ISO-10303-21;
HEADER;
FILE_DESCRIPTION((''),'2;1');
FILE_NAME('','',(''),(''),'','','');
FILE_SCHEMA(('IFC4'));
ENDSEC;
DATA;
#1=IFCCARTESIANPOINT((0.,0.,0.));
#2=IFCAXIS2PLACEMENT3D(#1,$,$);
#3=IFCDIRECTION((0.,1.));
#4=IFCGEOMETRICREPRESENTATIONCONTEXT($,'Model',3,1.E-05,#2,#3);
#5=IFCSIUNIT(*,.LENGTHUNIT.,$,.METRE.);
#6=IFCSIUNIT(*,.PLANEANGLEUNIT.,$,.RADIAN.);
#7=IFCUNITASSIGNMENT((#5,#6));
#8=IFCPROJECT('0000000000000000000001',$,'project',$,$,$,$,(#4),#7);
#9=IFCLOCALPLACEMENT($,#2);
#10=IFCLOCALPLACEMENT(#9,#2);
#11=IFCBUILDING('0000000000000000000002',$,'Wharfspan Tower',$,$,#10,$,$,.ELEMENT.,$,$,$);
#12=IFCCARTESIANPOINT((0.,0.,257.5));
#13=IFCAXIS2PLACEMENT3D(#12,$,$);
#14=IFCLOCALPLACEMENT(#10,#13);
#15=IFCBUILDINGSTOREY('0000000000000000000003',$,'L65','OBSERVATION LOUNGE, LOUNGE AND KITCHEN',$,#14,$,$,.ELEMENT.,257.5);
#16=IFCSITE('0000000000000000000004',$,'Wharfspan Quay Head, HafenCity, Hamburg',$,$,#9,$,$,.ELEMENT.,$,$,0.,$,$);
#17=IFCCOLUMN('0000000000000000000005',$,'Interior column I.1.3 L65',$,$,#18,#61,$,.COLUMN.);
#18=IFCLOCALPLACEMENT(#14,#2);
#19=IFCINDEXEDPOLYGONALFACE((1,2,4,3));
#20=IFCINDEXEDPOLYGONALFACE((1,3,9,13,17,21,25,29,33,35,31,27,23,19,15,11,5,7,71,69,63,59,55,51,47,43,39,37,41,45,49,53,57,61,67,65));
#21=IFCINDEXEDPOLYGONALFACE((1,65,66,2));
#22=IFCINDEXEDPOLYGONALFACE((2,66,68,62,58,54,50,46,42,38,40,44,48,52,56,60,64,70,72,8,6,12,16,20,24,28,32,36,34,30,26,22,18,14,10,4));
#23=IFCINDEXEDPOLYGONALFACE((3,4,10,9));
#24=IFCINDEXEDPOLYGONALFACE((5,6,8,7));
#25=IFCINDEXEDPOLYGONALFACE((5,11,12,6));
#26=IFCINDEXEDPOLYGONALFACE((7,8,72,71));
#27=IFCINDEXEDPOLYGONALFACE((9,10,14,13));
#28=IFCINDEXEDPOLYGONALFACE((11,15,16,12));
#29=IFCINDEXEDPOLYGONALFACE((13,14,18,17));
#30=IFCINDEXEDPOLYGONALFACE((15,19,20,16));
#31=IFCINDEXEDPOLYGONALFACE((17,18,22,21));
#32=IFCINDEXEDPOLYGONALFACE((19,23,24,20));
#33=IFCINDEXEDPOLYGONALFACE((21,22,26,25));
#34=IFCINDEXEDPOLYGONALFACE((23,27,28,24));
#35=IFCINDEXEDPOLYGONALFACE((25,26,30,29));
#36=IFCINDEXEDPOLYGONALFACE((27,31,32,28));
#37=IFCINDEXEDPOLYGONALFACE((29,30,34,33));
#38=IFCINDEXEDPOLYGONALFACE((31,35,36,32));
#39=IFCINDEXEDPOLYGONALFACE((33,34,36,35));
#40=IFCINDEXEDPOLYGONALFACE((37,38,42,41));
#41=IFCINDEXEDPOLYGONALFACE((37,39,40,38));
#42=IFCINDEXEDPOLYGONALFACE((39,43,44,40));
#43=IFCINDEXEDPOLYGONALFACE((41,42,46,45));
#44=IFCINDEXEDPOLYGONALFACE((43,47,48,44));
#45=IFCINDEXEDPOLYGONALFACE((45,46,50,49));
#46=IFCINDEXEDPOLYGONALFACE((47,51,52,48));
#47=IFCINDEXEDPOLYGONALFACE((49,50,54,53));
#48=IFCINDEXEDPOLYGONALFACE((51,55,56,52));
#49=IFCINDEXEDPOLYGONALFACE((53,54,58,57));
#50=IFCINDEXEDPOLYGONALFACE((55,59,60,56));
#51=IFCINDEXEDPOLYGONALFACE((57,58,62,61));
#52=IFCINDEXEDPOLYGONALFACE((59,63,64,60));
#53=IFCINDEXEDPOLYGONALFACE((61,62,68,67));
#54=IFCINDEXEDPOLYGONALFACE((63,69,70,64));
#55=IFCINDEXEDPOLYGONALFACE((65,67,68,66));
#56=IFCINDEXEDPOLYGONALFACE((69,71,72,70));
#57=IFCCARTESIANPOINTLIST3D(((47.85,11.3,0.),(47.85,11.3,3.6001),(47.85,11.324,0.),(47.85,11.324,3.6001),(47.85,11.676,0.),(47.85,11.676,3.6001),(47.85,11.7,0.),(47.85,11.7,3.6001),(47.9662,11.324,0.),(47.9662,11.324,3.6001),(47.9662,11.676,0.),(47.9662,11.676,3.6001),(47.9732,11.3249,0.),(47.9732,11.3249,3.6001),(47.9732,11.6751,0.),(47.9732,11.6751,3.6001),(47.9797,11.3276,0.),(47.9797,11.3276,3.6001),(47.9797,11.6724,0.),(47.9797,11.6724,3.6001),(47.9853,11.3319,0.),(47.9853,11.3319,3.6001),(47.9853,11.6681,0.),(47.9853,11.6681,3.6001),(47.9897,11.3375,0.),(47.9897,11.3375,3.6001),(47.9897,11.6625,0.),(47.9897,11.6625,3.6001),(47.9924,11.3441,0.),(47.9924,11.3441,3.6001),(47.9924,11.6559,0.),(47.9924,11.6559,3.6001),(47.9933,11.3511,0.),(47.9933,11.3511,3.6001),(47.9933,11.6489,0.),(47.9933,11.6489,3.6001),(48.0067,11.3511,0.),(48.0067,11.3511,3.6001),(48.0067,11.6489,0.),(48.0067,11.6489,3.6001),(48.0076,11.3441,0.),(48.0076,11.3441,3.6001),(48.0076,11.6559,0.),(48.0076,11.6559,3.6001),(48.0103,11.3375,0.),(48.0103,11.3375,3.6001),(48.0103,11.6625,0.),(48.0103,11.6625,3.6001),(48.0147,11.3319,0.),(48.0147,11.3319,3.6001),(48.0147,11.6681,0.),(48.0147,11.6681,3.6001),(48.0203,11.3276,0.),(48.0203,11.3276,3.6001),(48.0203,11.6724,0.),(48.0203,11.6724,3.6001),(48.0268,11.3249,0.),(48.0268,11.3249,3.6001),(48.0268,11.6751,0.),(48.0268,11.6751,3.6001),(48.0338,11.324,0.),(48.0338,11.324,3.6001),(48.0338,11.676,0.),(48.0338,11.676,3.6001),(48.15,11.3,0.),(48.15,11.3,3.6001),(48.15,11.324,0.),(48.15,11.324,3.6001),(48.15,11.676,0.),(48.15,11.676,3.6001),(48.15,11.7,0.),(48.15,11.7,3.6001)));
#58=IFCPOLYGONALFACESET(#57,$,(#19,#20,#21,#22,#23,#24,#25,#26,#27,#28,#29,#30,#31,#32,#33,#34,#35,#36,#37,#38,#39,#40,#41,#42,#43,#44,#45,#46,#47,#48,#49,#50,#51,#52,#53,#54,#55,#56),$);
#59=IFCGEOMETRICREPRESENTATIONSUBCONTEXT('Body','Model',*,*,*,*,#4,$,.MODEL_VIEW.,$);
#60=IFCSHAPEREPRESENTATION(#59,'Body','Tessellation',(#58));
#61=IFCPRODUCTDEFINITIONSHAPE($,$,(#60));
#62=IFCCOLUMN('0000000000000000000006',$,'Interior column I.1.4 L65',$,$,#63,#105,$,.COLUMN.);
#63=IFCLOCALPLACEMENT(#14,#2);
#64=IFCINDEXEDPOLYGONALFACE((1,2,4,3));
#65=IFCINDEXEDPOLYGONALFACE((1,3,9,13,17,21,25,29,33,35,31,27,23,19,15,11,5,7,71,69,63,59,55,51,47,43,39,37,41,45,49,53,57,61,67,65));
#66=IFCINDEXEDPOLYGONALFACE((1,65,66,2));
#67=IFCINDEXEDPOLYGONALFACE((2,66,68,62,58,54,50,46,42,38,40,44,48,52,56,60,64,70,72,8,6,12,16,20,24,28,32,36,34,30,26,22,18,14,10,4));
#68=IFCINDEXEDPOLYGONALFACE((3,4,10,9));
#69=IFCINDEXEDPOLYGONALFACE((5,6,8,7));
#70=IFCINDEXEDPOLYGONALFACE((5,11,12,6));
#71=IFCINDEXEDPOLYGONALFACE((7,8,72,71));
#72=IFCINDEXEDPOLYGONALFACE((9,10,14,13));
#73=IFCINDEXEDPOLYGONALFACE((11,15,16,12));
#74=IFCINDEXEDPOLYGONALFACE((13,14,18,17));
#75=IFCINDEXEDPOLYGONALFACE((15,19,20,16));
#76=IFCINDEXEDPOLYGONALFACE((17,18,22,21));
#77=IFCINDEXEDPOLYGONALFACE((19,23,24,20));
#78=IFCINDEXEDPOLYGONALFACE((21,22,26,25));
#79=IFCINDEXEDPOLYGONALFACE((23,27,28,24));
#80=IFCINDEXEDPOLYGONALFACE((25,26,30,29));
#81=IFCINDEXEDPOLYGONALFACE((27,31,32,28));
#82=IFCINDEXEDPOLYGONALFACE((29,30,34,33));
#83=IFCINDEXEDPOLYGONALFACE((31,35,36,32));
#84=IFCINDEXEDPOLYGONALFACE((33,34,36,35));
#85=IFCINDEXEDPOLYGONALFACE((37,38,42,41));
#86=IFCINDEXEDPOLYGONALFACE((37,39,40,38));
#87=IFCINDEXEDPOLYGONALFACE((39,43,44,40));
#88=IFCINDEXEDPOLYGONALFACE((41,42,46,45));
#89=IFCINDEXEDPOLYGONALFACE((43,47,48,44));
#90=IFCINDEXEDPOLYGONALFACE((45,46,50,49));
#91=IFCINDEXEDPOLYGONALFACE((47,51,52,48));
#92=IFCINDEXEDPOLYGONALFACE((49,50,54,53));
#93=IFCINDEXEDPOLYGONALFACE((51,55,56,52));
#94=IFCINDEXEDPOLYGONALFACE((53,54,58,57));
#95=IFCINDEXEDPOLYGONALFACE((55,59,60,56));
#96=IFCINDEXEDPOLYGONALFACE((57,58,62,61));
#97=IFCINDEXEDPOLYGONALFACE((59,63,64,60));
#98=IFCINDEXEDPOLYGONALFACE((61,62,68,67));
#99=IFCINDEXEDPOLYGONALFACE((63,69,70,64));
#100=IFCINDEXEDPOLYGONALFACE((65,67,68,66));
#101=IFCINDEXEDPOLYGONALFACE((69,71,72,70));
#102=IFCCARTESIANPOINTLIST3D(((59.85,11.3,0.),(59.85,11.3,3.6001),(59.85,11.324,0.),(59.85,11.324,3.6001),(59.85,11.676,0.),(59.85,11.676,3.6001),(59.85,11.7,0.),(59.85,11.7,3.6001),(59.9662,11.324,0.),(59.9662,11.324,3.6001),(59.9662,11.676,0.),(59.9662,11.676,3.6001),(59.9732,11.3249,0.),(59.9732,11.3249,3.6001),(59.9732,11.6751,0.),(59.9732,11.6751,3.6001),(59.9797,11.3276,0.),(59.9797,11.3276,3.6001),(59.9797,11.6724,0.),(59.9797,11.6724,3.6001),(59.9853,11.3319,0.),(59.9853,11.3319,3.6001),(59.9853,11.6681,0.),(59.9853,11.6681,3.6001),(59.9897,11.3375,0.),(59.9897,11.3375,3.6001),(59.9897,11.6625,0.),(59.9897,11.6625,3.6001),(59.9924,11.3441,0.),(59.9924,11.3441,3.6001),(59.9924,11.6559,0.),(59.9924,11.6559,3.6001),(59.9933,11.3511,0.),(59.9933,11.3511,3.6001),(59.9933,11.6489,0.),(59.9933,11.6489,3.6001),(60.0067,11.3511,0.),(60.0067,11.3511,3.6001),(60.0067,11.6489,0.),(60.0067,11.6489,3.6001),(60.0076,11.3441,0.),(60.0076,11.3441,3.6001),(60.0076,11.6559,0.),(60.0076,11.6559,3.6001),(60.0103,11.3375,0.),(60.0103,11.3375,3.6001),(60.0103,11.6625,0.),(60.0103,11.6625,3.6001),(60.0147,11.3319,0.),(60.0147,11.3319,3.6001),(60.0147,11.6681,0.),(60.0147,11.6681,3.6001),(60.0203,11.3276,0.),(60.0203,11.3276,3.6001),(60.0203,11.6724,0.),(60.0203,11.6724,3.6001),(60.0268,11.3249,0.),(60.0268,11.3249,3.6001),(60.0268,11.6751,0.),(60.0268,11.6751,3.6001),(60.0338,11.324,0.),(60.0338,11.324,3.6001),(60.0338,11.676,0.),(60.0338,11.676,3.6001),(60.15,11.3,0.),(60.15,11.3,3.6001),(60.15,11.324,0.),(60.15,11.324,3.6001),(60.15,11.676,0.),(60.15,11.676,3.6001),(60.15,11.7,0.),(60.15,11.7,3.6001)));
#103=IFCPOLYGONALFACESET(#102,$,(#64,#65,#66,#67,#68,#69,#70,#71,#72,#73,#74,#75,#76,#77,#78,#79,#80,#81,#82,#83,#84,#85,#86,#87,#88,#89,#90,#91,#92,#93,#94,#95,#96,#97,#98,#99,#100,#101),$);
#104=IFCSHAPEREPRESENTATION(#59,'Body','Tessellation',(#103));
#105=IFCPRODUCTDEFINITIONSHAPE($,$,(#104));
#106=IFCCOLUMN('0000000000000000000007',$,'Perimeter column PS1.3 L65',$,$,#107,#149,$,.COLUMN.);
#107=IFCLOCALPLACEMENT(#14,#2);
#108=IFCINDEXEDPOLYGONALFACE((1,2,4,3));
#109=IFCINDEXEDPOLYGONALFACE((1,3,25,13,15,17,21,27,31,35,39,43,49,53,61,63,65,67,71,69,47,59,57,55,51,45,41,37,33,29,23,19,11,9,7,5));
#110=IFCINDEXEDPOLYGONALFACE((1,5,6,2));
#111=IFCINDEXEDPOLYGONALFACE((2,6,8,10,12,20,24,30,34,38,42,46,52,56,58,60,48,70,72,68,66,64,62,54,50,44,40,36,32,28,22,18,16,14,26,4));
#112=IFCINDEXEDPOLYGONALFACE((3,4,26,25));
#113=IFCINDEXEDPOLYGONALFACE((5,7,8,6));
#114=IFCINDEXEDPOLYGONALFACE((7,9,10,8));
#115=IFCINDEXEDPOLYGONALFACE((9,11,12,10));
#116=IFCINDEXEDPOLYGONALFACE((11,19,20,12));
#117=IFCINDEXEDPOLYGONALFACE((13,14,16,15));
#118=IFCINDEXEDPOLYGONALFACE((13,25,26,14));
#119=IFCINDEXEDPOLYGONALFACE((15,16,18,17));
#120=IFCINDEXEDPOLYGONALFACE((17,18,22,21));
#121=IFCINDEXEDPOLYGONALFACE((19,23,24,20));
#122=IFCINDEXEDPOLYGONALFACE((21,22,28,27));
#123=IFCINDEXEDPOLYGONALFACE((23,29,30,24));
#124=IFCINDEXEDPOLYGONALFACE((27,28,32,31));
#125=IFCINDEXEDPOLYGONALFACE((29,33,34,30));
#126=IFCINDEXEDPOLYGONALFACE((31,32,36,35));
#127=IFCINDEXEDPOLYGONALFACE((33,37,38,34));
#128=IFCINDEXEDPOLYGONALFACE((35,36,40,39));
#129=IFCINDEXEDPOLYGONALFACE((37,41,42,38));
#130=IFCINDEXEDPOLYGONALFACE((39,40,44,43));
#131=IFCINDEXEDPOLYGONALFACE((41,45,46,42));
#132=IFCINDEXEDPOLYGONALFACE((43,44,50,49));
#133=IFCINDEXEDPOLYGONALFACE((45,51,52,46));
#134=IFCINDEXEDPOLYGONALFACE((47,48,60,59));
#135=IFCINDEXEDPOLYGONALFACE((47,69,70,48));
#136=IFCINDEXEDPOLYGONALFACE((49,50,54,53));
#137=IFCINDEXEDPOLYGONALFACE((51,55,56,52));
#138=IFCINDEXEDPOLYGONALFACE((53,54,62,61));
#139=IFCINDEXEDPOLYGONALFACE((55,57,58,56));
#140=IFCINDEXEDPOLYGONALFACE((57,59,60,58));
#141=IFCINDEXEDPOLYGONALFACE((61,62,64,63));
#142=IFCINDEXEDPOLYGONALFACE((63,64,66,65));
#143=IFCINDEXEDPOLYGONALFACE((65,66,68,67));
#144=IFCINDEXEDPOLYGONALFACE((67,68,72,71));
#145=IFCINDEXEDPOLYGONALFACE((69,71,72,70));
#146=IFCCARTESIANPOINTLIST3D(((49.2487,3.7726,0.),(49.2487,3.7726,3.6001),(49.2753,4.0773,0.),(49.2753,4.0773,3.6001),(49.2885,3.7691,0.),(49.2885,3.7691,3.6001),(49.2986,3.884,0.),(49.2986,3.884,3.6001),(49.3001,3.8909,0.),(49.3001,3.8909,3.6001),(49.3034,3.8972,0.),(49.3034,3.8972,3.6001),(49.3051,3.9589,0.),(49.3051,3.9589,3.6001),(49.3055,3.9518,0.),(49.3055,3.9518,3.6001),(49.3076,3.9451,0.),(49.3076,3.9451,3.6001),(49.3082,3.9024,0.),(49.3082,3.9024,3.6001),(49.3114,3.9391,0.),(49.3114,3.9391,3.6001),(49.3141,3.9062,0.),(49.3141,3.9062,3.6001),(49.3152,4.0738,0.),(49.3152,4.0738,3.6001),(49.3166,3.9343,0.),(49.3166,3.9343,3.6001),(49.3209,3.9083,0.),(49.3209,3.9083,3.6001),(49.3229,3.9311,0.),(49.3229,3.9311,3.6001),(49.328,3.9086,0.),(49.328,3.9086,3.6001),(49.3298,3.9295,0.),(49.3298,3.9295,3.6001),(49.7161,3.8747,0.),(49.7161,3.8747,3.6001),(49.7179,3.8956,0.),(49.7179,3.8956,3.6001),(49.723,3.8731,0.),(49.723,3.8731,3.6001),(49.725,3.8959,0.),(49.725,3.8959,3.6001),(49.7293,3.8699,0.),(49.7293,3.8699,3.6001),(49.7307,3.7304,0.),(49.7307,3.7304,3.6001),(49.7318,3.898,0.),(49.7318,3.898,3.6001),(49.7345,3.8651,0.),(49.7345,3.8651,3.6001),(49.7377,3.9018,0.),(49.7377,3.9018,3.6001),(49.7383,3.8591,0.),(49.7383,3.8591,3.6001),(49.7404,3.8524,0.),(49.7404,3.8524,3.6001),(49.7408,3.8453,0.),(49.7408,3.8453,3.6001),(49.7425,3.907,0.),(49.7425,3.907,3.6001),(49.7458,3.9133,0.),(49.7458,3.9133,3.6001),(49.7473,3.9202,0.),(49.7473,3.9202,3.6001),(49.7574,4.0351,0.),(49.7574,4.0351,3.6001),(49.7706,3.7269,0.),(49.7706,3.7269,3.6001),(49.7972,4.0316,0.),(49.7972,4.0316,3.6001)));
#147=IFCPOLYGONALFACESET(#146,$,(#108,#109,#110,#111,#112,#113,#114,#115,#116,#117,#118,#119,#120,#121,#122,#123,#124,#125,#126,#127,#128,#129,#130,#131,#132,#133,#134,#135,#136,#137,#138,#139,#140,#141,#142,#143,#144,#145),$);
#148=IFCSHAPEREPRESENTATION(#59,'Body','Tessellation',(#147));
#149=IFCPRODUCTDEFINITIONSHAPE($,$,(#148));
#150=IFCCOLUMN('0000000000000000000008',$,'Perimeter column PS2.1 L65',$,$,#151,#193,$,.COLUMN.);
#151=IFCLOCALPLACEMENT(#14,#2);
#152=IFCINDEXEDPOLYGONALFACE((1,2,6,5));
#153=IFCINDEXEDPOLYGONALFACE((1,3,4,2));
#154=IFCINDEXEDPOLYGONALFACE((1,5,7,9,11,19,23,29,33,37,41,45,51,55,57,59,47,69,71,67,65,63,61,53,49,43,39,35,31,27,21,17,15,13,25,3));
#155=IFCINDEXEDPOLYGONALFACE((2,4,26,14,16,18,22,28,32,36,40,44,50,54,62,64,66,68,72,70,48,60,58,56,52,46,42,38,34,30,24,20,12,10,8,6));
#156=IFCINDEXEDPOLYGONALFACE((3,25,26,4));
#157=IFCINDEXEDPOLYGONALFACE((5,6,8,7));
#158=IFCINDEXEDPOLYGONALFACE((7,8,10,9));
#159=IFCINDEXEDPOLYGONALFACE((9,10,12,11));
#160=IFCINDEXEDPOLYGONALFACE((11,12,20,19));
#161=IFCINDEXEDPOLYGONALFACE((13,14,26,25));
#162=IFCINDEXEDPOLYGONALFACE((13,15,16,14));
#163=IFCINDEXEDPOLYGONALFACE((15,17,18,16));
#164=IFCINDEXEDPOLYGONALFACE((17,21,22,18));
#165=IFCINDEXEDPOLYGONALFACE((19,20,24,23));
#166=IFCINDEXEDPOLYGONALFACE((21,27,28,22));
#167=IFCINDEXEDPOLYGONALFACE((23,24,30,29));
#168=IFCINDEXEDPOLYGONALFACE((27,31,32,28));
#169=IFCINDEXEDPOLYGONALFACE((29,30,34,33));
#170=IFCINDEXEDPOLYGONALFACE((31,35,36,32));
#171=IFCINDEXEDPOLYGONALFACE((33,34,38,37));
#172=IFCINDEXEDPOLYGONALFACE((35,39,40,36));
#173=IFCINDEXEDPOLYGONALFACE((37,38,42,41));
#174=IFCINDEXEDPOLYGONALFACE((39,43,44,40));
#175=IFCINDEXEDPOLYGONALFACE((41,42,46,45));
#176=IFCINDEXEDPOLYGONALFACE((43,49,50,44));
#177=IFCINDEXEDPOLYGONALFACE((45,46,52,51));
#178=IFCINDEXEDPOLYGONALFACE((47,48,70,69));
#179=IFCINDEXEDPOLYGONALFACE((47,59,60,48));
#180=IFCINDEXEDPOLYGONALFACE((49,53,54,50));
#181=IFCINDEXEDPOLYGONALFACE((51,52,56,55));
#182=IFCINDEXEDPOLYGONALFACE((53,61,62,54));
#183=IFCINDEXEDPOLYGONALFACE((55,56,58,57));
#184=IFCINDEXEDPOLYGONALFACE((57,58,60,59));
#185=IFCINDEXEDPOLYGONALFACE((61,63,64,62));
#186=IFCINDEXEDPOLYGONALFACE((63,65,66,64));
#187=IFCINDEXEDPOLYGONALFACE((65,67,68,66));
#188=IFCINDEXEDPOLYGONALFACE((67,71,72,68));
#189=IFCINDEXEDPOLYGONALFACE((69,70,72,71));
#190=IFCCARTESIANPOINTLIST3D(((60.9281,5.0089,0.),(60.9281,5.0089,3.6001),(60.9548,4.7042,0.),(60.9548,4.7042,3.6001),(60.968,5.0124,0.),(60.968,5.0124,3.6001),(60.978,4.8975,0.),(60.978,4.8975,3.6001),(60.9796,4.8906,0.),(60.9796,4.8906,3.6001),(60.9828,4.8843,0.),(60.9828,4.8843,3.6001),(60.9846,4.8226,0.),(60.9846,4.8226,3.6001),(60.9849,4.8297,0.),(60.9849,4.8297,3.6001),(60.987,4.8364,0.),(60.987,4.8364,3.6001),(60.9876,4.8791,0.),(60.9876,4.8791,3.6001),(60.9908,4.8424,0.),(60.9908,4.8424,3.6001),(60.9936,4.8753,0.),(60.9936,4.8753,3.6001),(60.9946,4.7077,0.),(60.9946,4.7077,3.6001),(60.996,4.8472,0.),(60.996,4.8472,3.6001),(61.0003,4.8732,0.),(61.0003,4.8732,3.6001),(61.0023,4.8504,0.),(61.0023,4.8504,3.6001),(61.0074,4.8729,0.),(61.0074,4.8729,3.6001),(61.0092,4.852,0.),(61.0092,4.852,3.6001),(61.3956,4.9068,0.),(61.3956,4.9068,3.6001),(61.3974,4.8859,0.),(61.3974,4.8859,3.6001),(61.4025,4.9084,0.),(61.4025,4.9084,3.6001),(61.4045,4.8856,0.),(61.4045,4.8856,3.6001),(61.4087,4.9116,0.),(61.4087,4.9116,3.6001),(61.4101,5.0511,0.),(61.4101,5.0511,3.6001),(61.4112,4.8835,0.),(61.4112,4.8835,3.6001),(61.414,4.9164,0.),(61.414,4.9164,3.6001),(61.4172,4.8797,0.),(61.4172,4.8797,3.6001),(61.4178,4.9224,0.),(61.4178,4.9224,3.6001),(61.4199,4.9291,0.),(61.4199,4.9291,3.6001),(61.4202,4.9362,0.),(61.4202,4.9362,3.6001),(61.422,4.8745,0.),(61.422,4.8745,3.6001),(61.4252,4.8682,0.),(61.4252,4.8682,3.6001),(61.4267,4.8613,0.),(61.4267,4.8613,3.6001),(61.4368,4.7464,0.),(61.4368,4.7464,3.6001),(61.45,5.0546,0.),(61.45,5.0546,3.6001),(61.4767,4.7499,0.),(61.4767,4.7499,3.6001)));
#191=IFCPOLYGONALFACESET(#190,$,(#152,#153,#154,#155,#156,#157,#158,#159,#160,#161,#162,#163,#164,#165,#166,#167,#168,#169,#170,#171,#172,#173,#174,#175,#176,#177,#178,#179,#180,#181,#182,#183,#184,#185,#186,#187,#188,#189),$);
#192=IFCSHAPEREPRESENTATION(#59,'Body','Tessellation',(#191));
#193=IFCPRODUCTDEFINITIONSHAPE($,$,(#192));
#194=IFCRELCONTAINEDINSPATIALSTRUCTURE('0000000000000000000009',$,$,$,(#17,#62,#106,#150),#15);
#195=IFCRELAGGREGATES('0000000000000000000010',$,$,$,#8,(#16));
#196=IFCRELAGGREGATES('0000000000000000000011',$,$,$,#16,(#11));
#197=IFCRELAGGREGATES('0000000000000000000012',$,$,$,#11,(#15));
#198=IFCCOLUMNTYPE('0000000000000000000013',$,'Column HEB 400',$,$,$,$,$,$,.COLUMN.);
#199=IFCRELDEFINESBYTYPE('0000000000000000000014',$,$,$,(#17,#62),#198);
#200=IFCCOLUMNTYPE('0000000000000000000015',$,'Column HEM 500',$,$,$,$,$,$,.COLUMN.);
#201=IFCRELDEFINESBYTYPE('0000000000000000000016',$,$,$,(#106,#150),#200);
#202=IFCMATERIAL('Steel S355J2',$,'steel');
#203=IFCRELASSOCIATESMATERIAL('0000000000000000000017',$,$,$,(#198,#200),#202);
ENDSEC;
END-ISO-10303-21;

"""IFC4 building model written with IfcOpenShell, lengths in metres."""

from ifc_helpers import new_model, si_unit, direction, frame, origin, origin_2d, place, context, subcontext, project, spatial, i_section, extrude, material, material_profile, profile_set, type_object, element, save


model = new_model("IFC4")

# Units and contexts
model_context = context("Model", 3, precision=1e-05, world=origin(), true_north=direction((0.0, 1.0)))
body_context = subcontext(model_context, "Body", "Model", "MODEL_VIEW")
ifc_project = project(units=[si_unit("LENGTHUNIT", "METRE"), si_unit("PLANEANGLEUNIT", "RADIAN")], contexts=[model_context])

# Site, building, storey
site_placement = place(None, origin())
site = spatial("IfcSite", under=ifc_project, at=site_placement, Name="Wharfspan Quay Head, HafenCity, Hamburg", CompositionType="ELEMENT", RefElevation=0.0)
building_placement = place(site_placement, origin())
building = spatial("IfcBuilding", under=site, at=building_placement, Name="Wharfspan Tower", CompositionType="ELEMENT")
storey_placement = place(building_placement, frame((0.0, 0.0, 257.5)))
storey = spatial("IfcBuildingStorey", under=building, at=storey_placement, Name="L65", Description="OBSERVATION LOUNGE, LOUNGE AND KITCHEN", CompositionType="ELEMENT", Elevation=257.5)

# Columns
ifc_material_1 = material(Name="Steel S355J2", Category="steel")
ifc_material_profile_1 = material_profile(ifc_material_1, i_section(OverallWidth=0.3, OverallDepth=0.3999, WebThickness=0.0134, FlangeThickness=0.0239, FilletRadius=0.0271, at=origin_2d()))
ifc_profile_set_1 = profile_set([ifc_material_profile_1], Name="Steel S355J2")
column_type_1 = type_object("IfcColumnType", Name="Column HEB 400", PredefinedType="COLUMN", material=ifc_profile_set_1)
for number, where, z_axis, x_axis, name in (
    (1, (48.0, 11.5, 0.0), (0.0, 0.0, 1.0), (1.0, 0.0, 0.0), "Interior column I.1.3 L65"),
    (2, (60.0, 11.5, 0.0), (0.0, 0.0, 1.0), (1.0, 0.0, 0.0), "Interior column I.1.4 L65"),
):
    element("IfcColumn", number, at=place(storey_placement, frame(where, z_axis=z_axis, x_axis=x_axis)), inside=storey, type_object=column_type_1, Name=name, PredefinedType="COLUMN", context=body_context, shape_type="SweptSolid", body=[
        extrude(i_section(OverallWidth=0.3, OverallDepth=0.3999, WebThickness=0.0134, FlangeThickness=0.0239, FilletRadius=0.0271, at=origin_2d()), origin(), (0.0, 0.0, 1.0), 3.6001),
    ])
ifc_material_profile_2 = material_profile(ifc_material_1, i_section(OverallWidth=0.3059, OverallDepth=0.5239, WebThickness=0.021, FlangeThickness=0.04, FilletRadius=0.0271, at=origin_2d()))
ifc_profile_set_2 = profile_set([ifc_material_profile_2], Name="Steel S355J2")
column_type_2 = type_object("IfcColumnType", Name="Column HEM 500", PredefinedType="COLUMN", material=ifc_profile_set_2)
for number, where, z_axis, x_axis, name in (
    (3, (49.5229, 3.9021, 0.0), (0.0, 0.0, 1.0), (-0.087156, -0.996197, 0.0), "Perimeter column PS1.3 L65"),
    (4, (61.2024, 4.8794, 0.0), (0.0, 0.0, 1.0), (0.087156, -0.996197, 0.0), "Perimeter column PS2.1 L65"),
):
    element("IfcColumn", number, at=place(storey_placement, frame(where, z_axis=z_axis, x_axis=x_axis)), inside=storey, type_object=column_type_2, Name=name, PredefinedType="COLUMN", context=body_context, shape_type="SweptSolid", body=[
        extrude(i_section(OverallWidth=0.3059, OverallDepth=0.5239, WebThickness=0.021, FlangeThickness=0.04, FilletRadius=0.0271, at=origin_2d()), origin(), (0.0, 0.0, 1.0), 3.6001),
    ])

save(model, "model.ifc")
